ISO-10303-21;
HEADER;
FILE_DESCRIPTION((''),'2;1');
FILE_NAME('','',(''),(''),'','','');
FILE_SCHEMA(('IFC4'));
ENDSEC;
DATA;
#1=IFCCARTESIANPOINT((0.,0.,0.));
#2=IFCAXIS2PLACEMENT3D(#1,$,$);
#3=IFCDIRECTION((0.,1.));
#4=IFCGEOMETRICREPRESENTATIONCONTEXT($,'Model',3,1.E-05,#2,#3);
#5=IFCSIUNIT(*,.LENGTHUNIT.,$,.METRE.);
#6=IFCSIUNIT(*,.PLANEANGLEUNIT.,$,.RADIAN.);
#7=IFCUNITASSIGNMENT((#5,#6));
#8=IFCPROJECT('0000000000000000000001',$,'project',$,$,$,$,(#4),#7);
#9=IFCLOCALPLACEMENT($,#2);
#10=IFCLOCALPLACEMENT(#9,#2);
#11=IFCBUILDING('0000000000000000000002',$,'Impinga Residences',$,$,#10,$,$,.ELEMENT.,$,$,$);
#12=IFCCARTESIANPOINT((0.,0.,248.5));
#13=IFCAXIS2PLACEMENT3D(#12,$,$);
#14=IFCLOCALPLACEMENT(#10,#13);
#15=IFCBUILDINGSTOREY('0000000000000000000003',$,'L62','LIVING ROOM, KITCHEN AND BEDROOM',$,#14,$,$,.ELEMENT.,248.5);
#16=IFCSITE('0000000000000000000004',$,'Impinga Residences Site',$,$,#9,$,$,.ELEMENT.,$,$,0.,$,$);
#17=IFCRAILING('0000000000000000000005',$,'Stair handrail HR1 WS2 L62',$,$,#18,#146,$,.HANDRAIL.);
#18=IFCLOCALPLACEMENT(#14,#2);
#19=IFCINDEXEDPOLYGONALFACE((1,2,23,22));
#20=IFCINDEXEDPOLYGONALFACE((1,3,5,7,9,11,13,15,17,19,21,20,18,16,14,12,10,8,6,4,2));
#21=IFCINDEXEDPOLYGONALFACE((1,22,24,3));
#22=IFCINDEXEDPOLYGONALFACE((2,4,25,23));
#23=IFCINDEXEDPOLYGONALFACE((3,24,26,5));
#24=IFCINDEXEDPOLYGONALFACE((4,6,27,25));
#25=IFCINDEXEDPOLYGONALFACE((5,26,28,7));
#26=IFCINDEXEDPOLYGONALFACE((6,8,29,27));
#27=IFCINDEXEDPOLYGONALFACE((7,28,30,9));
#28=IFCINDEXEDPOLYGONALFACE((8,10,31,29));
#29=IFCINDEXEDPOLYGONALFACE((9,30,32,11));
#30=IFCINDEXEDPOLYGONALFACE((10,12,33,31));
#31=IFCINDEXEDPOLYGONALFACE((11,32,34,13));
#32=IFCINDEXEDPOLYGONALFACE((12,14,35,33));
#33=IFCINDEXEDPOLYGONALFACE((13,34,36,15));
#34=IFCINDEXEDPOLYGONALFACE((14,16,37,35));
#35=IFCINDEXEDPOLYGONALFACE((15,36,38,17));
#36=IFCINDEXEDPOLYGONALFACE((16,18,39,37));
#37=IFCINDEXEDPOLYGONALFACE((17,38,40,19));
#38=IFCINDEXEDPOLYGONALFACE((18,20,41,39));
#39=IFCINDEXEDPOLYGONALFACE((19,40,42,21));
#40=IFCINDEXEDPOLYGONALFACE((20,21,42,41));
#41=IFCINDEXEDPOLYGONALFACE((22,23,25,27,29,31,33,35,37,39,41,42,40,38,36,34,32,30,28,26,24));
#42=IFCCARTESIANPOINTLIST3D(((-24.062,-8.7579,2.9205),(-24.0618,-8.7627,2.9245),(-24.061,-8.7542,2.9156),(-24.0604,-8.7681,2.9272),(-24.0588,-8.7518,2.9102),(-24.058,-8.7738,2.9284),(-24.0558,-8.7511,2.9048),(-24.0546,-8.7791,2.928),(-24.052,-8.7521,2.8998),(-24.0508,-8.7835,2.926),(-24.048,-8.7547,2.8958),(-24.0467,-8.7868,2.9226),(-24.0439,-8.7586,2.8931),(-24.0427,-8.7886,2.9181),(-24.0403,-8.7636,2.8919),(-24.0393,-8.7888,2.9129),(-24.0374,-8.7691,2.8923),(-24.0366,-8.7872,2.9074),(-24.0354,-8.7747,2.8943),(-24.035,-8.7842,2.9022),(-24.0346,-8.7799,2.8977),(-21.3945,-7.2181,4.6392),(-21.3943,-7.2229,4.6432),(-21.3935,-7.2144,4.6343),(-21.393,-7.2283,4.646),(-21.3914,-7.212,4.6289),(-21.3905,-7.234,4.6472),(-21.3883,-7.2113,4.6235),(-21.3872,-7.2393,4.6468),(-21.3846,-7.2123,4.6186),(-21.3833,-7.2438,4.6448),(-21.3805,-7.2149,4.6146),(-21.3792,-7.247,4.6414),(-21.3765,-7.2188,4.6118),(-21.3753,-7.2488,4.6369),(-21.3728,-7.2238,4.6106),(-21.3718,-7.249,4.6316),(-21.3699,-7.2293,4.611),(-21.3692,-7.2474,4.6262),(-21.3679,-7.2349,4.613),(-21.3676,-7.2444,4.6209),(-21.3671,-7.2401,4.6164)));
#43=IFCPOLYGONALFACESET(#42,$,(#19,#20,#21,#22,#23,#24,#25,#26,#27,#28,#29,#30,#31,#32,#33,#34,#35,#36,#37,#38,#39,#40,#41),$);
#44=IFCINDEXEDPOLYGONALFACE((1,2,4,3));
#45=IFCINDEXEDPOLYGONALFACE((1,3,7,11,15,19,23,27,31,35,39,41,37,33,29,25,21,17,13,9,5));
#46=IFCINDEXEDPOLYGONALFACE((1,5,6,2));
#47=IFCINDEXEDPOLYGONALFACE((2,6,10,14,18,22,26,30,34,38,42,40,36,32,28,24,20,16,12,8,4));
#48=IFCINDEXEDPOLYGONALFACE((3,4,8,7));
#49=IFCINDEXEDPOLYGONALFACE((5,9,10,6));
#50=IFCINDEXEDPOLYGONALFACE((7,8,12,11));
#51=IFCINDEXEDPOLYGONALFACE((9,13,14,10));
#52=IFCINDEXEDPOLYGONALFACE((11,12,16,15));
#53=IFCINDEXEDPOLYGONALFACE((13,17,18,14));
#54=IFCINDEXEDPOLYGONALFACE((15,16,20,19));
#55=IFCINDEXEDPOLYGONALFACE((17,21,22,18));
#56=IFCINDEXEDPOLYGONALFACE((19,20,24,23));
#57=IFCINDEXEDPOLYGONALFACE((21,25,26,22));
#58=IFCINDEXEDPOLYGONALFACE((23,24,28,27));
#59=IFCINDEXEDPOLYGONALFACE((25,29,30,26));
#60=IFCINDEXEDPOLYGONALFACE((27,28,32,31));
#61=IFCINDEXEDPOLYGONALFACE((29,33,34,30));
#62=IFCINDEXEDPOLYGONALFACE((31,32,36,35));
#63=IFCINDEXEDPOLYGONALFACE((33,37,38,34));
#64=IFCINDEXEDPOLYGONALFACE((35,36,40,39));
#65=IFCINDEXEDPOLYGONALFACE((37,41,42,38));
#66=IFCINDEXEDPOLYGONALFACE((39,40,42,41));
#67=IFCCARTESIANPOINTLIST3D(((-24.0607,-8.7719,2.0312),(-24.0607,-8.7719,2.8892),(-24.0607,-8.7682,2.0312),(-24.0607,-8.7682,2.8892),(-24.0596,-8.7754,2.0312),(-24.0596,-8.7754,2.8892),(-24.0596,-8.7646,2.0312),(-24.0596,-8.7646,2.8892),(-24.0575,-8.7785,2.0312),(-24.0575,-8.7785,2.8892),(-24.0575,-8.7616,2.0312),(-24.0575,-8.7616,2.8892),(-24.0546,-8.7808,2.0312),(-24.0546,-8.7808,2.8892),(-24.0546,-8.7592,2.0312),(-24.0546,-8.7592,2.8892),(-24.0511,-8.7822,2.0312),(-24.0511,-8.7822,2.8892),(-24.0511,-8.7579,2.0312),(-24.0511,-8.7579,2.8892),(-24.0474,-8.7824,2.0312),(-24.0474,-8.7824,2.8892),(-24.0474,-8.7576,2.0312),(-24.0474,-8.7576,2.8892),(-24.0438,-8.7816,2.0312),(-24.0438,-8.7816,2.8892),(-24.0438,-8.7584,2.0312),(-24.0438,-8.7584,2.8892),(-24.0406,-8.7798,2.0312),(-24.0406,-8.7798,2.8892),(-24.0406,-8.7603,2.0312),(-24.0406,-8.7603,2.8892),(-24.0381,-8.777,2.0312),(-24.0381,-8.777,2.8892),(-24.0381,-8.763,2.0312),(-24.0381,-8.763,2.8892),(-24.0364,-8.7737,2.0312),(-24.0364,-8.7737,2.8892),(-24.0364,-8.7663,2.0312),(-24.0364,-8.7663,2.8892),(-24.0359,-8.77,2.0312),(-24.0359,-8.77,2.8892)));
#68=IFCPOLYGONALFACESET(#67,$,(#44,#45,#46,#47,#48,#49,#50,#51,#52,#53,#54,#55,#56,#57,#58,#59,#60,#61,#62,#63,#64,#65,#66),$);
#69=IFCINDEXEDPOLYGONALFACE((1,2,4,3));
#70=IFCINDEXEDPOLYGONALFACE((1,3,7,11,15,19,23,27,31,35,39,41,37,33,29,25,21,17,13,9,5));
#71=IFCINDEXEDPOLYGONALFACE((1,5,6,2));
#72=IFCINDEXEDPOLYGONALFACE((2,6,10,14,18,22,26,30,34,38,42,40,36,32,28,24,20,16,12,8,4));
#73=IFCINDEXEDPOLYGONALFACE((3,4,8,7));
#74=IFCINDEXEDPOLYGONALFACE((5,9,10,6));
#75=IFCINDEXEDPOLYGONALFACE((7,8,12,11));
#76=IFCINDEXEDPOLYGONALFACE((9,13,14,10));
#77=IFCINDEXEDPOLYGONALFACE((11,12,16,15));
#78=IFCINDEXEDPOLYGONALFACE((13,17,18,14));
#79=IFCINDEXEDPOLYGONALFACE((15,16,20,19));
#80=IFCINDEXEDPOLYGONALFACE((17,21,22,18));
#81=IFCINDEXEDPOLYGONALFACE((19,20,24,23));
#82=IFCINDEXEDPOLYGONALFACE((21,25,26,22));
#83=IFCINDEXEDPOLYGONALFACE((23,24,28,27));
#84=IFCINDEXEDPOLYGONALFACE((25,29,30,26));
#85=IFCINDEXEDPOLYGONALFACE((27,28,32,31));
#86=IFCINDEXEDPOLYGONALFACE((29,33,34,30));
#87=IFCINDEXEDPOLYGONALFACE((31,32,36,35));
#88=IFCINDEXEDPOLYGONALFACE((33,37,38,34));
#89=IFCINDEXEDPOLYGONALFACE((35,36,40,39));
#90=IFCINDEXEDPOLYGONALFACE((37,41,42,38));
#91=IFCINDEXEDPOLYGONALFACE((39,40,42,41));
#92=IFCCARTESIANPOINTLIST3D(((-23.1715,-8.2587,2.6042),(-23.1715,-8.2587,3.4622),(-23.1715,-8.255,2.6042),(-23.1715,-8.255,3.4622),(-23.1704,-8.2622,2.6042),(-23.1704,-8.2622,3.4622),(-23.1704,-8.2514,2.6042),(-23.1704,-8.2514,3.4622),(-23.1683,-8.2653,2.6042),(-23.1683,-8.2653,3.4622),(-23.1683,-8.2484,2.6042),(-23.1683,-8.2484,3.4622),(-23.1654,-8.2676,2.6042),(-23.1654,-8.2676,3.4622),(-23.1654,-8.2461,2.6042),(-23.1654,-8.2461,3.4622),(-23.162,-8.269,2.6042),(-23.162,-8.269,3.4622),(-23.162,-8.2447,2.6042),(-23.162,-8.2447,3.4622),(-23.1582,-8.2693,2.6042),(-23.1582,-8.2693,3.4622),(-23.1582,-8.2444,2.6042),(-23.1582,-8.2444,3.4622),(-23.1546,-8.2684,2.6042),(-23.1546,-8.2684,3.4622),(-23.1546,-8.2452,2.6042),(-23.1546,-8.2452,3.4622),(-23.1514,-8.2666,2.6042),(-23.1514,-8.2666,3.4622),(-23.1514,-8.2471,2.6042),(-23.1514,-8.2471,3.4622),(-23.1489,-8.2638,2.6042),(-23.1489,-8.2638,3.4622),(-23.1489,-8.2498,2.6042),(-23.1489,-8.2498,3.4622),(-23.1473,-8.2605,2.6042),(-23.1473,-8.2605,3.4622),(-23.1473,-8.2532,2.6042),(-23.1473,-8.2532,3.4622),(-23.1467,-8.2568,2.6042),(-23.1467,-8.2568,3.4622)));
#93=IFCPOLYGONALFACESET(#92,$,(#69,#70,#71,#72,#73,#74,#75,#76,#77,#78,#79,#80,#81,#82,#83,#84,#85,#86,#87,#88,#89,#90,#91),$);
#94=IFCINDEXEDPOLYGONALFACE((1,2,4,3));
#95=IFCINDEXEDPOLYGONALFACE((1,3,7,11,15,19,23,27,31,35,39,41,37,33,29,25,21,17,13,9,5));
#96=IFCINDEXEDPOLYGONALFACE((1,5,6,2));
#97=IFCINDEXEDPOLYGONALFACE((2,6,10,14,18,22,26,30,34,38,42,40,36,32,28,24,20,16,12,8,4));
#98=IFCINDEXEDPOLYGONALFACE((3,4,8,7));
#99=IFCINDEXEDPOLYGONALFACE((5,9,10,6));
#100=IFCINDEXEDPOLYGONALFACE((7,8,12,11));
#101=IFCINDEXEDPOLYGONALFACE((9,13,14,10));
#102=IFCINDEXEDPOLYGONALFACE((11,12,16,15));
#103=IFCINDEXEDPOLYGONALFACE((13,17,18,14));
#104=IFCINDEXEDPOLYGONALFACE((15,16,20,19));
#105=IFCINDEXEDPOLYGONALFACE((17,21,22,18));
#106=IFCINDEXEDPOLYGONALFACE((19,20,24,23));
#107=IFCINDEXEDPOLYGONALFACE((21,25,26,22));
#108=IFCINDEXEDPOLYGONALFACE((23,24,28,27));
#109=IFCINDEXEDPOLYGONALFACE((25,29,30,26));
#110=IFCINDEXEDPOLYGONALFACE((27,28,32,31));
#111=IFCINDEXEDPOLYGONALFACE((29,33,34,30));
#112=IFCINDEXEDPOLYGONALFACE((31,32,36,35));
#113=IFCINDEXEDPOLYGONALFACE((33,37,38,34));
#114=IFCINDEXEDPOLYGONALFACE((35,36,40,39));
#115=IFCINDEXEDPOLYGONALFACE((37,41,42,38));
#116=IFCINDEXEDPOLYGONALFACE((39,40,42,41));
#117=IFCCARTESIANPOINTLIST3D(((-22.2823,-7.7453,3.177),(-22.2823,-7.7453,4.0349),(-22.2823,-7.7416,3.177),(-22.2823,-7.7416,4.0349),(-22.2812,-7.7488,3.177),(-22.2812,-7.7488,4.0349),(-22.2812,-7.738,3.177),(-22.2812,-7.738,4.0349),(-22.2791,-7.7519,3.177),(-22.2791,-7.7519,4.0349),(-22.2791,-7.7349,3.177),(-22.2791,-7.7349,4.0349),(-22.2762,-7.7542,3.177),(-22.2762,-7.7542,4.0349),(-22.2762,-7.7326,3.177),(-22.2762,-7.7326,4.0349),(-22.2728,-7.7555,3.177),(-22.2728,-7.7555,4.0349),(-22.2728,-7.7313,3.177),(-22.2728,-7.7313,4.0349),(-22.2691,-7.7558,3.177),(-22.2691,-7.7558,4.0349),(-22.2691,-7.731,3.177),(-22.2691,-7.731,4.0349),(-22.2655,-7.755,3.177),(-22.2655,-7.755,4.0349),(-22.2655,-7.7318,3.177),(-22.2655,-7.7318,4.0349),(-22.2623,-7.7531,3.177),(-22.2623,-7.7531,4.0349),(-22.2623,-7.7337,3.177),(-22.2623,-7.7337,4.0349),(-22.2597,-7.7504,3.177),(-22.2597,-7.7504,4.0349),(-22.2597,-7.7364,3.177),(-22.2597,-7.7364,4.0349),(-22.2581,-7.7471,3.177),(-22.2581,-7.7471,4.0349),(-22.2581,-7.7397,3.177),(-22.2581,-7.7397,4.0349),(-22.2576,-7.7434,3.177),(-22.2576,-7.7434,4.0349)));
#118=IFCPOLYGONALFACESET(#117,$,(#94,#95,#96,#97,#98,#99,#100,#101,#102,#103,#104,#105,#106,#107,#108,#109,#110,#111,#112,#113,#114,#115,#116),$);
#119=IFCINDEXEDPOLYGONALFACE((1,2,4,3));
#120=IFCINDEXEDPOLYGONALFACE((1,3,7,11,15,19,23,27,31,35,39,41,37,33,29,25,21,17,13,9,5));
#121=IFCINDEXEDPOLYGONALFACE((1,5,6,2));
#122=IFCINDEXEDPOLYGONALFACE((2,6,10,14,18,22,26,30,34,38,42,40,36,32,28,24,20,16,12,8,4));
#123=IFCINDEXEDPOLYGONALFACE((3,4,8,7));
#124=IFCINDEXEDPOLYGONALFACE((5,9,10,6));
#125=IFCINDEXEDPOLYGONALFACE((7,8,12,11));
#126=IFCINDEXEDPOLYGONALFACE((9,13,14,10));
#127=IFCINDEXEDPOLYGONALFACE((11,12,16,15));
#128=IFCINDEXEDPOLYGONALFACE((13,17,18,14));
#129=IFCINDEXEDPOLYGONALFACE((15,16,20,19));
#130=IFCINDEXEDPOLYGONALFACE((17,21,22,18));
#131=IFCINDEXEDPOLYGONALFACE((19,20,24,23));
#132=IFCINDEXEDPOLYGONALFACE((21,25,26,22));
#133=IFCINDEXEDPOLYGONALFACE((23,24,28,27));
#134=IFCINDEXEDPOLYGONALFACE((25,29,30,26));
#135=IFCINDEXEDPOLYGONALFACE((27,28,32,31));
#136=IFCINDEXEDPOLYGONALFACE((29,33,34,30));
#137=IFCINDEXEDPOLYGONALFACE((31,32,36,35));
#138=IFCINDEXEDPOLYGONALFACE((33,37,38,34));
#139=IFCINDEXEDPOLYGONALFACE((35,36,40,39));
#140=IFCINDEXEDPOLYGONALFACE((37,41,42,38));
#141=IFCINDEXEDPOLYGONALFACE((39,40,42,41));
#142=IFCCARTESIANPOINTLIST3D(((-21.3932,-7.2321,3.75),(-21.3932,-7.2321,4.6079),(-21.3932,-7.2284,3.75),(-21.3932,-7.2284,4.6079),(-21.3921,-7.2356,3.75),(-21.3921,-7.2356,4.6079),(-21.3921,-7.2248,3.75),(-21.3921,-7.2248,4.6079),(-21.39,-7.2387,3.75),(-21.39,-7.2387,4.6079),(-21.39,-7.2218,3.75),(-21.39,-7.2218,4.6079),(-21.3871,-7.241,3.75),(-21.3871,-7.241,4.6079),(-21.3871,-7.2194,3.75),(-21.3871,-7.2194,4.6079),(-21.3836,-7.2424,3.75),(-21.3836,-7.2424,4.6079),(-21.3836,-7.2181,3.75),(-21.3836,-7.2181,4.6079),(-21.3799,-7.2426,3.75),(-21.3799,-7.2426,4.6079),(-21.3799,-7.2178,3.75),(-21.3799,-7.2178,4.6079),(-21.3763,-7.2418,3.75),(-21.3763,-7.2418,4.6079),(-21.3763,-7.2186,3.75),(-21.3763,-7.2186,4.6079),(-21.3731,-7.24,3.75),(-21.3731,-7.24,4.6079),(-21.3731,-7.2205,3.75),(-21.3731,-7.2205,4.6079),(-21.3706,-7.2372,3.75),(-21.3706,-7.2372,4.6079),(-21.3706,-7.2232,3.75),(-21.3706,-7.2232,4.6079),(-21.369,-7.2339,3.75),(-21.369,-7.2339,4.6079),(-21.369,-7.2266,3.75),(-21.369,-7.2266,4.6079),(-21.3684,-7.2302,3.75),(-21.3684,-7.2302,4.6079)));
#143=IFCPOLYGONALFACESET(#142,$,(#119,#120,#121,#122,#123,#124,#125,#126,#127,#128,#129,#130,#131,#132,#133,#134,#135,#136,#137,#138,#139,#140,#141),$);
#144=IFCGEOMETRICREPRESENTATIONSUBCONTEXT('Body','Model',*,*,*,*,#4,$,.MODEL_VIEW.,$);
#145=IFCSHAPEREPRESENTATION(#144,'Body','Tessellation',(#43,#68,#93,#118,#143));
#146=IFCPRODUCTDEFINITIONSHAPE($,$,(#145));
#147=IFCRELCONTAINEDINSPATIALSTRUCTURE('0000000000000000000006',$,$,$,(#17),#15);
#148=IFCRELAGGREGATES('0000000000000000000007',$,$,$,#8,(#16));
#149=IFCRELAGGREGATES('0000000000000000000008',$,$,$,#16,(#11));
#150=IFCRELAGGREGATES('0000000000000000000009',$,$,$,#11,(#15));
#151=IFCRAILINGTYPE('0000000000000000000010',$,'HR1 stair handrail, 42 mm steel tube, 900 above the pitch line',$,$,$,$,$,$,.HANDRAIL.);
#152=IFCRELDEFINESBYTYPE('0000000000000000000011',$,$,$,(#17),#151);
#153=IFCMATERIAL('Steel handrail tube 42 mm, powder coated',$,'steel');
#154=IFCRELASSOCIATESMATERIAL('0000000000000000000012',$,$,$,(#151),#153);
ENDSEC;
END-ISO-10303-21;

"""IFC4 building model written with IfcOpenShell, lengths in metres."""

from ifc_helpers import new_model, si_unit, direction, frame, origin, origin_2d, place, context, subcontext, project, spatial, circle, extrude, material, type_object, element, save


model = new_model("IFC4")

# Units and contexts
model_context = context("Model", 3, precision=1e-05, world=origin(), true_north=direction((0.0, 1.0)))
body_context = subcontext(model_context, "Body", "Model", "MODEL_VIEW")
ifc_project = project(units=[si_unit("LENGTHUNIT", "METRE"), si_unit("PLANEANGLEUNIT", "RADIAN")], contexts=[model_context])

# Site, building, storey
site_placement = place(None, origin())
site = spatial("IfcSite", under=ifc_project, at=site_placement, Name="Impinga Residences Site", CompositionType="ELEMENT", RefElevation=0.0)
building_placement = place(site_placement, origin())
building = spatial("IfcBuilding", under=site, at=building_placement, Name="Impinga Residences", CompositionType="ELEMENT")
storey_placement = place(building_placement, frame((0.0, 0.0, 248.5)))
storey = spatial("IfcBuildingStorey", under=building, at=storey_placement, Name="L62", Description="LIVING ROOM, KITCHEN AND BEDROOM", CompositionType="ELEMENT", Elevation=248.5)

# Railing
ifc_material_1 = material(Name="Steel handrail tube 42 mm, powder coated", Category="steel")
railing_type = type_object("IfcRailingType", Name="HR1 stair handrail, 42 mm steel tube, 900 above the pitch line", PredefinedType="HANDRAIL", material=ifc_material_1)
railing_1_placement = place(storey_placement, frame((-24.0483, -8.77, 2.0312)))
element("IfcRailing", 1, at=railing_1_placement, inside=storey, type_object=railing_type, Name="Stair handrail HR1 WS2 L62", PredefinedType="HANDRAIL", context=body_context, shape_type="SweptSolid", body=[
    extrude(circle(Radius=0.021, at=origin_2d()), frame((0.0, 0.0, 0.8789), z_axis=(0.756279, 0.43656, 0.487297), x_axis=(-0.499933, 0.866064, 0.0)), (0.0, 0.0, 1.0), 3.5271),
    extrude(circle(Radius=0.0125, at=origin_2d()), origin(), (0.0, 0.0, 1.0), 0.8579),
    extrude(circle(Radius=0.0125, at=origin_2d()), frame((0.8892, 0.5132, 0.573)), (0.0, 0.0, 1.0), 0.8579),
    extrude(circle(Radius=0.0125, at=origin_2d()), frame((1.7783, 1.0266, 1.1458)), (0.0, 0.0, 1.0), 0.8579),
    extrude(circle(Radius=0.0125, at=origin_2d()), frame((2.6675, 1.5398, 1.7188)), (0.0, 0.0, 1.0), 0.8579),
])

save(model, "model.ifc")
